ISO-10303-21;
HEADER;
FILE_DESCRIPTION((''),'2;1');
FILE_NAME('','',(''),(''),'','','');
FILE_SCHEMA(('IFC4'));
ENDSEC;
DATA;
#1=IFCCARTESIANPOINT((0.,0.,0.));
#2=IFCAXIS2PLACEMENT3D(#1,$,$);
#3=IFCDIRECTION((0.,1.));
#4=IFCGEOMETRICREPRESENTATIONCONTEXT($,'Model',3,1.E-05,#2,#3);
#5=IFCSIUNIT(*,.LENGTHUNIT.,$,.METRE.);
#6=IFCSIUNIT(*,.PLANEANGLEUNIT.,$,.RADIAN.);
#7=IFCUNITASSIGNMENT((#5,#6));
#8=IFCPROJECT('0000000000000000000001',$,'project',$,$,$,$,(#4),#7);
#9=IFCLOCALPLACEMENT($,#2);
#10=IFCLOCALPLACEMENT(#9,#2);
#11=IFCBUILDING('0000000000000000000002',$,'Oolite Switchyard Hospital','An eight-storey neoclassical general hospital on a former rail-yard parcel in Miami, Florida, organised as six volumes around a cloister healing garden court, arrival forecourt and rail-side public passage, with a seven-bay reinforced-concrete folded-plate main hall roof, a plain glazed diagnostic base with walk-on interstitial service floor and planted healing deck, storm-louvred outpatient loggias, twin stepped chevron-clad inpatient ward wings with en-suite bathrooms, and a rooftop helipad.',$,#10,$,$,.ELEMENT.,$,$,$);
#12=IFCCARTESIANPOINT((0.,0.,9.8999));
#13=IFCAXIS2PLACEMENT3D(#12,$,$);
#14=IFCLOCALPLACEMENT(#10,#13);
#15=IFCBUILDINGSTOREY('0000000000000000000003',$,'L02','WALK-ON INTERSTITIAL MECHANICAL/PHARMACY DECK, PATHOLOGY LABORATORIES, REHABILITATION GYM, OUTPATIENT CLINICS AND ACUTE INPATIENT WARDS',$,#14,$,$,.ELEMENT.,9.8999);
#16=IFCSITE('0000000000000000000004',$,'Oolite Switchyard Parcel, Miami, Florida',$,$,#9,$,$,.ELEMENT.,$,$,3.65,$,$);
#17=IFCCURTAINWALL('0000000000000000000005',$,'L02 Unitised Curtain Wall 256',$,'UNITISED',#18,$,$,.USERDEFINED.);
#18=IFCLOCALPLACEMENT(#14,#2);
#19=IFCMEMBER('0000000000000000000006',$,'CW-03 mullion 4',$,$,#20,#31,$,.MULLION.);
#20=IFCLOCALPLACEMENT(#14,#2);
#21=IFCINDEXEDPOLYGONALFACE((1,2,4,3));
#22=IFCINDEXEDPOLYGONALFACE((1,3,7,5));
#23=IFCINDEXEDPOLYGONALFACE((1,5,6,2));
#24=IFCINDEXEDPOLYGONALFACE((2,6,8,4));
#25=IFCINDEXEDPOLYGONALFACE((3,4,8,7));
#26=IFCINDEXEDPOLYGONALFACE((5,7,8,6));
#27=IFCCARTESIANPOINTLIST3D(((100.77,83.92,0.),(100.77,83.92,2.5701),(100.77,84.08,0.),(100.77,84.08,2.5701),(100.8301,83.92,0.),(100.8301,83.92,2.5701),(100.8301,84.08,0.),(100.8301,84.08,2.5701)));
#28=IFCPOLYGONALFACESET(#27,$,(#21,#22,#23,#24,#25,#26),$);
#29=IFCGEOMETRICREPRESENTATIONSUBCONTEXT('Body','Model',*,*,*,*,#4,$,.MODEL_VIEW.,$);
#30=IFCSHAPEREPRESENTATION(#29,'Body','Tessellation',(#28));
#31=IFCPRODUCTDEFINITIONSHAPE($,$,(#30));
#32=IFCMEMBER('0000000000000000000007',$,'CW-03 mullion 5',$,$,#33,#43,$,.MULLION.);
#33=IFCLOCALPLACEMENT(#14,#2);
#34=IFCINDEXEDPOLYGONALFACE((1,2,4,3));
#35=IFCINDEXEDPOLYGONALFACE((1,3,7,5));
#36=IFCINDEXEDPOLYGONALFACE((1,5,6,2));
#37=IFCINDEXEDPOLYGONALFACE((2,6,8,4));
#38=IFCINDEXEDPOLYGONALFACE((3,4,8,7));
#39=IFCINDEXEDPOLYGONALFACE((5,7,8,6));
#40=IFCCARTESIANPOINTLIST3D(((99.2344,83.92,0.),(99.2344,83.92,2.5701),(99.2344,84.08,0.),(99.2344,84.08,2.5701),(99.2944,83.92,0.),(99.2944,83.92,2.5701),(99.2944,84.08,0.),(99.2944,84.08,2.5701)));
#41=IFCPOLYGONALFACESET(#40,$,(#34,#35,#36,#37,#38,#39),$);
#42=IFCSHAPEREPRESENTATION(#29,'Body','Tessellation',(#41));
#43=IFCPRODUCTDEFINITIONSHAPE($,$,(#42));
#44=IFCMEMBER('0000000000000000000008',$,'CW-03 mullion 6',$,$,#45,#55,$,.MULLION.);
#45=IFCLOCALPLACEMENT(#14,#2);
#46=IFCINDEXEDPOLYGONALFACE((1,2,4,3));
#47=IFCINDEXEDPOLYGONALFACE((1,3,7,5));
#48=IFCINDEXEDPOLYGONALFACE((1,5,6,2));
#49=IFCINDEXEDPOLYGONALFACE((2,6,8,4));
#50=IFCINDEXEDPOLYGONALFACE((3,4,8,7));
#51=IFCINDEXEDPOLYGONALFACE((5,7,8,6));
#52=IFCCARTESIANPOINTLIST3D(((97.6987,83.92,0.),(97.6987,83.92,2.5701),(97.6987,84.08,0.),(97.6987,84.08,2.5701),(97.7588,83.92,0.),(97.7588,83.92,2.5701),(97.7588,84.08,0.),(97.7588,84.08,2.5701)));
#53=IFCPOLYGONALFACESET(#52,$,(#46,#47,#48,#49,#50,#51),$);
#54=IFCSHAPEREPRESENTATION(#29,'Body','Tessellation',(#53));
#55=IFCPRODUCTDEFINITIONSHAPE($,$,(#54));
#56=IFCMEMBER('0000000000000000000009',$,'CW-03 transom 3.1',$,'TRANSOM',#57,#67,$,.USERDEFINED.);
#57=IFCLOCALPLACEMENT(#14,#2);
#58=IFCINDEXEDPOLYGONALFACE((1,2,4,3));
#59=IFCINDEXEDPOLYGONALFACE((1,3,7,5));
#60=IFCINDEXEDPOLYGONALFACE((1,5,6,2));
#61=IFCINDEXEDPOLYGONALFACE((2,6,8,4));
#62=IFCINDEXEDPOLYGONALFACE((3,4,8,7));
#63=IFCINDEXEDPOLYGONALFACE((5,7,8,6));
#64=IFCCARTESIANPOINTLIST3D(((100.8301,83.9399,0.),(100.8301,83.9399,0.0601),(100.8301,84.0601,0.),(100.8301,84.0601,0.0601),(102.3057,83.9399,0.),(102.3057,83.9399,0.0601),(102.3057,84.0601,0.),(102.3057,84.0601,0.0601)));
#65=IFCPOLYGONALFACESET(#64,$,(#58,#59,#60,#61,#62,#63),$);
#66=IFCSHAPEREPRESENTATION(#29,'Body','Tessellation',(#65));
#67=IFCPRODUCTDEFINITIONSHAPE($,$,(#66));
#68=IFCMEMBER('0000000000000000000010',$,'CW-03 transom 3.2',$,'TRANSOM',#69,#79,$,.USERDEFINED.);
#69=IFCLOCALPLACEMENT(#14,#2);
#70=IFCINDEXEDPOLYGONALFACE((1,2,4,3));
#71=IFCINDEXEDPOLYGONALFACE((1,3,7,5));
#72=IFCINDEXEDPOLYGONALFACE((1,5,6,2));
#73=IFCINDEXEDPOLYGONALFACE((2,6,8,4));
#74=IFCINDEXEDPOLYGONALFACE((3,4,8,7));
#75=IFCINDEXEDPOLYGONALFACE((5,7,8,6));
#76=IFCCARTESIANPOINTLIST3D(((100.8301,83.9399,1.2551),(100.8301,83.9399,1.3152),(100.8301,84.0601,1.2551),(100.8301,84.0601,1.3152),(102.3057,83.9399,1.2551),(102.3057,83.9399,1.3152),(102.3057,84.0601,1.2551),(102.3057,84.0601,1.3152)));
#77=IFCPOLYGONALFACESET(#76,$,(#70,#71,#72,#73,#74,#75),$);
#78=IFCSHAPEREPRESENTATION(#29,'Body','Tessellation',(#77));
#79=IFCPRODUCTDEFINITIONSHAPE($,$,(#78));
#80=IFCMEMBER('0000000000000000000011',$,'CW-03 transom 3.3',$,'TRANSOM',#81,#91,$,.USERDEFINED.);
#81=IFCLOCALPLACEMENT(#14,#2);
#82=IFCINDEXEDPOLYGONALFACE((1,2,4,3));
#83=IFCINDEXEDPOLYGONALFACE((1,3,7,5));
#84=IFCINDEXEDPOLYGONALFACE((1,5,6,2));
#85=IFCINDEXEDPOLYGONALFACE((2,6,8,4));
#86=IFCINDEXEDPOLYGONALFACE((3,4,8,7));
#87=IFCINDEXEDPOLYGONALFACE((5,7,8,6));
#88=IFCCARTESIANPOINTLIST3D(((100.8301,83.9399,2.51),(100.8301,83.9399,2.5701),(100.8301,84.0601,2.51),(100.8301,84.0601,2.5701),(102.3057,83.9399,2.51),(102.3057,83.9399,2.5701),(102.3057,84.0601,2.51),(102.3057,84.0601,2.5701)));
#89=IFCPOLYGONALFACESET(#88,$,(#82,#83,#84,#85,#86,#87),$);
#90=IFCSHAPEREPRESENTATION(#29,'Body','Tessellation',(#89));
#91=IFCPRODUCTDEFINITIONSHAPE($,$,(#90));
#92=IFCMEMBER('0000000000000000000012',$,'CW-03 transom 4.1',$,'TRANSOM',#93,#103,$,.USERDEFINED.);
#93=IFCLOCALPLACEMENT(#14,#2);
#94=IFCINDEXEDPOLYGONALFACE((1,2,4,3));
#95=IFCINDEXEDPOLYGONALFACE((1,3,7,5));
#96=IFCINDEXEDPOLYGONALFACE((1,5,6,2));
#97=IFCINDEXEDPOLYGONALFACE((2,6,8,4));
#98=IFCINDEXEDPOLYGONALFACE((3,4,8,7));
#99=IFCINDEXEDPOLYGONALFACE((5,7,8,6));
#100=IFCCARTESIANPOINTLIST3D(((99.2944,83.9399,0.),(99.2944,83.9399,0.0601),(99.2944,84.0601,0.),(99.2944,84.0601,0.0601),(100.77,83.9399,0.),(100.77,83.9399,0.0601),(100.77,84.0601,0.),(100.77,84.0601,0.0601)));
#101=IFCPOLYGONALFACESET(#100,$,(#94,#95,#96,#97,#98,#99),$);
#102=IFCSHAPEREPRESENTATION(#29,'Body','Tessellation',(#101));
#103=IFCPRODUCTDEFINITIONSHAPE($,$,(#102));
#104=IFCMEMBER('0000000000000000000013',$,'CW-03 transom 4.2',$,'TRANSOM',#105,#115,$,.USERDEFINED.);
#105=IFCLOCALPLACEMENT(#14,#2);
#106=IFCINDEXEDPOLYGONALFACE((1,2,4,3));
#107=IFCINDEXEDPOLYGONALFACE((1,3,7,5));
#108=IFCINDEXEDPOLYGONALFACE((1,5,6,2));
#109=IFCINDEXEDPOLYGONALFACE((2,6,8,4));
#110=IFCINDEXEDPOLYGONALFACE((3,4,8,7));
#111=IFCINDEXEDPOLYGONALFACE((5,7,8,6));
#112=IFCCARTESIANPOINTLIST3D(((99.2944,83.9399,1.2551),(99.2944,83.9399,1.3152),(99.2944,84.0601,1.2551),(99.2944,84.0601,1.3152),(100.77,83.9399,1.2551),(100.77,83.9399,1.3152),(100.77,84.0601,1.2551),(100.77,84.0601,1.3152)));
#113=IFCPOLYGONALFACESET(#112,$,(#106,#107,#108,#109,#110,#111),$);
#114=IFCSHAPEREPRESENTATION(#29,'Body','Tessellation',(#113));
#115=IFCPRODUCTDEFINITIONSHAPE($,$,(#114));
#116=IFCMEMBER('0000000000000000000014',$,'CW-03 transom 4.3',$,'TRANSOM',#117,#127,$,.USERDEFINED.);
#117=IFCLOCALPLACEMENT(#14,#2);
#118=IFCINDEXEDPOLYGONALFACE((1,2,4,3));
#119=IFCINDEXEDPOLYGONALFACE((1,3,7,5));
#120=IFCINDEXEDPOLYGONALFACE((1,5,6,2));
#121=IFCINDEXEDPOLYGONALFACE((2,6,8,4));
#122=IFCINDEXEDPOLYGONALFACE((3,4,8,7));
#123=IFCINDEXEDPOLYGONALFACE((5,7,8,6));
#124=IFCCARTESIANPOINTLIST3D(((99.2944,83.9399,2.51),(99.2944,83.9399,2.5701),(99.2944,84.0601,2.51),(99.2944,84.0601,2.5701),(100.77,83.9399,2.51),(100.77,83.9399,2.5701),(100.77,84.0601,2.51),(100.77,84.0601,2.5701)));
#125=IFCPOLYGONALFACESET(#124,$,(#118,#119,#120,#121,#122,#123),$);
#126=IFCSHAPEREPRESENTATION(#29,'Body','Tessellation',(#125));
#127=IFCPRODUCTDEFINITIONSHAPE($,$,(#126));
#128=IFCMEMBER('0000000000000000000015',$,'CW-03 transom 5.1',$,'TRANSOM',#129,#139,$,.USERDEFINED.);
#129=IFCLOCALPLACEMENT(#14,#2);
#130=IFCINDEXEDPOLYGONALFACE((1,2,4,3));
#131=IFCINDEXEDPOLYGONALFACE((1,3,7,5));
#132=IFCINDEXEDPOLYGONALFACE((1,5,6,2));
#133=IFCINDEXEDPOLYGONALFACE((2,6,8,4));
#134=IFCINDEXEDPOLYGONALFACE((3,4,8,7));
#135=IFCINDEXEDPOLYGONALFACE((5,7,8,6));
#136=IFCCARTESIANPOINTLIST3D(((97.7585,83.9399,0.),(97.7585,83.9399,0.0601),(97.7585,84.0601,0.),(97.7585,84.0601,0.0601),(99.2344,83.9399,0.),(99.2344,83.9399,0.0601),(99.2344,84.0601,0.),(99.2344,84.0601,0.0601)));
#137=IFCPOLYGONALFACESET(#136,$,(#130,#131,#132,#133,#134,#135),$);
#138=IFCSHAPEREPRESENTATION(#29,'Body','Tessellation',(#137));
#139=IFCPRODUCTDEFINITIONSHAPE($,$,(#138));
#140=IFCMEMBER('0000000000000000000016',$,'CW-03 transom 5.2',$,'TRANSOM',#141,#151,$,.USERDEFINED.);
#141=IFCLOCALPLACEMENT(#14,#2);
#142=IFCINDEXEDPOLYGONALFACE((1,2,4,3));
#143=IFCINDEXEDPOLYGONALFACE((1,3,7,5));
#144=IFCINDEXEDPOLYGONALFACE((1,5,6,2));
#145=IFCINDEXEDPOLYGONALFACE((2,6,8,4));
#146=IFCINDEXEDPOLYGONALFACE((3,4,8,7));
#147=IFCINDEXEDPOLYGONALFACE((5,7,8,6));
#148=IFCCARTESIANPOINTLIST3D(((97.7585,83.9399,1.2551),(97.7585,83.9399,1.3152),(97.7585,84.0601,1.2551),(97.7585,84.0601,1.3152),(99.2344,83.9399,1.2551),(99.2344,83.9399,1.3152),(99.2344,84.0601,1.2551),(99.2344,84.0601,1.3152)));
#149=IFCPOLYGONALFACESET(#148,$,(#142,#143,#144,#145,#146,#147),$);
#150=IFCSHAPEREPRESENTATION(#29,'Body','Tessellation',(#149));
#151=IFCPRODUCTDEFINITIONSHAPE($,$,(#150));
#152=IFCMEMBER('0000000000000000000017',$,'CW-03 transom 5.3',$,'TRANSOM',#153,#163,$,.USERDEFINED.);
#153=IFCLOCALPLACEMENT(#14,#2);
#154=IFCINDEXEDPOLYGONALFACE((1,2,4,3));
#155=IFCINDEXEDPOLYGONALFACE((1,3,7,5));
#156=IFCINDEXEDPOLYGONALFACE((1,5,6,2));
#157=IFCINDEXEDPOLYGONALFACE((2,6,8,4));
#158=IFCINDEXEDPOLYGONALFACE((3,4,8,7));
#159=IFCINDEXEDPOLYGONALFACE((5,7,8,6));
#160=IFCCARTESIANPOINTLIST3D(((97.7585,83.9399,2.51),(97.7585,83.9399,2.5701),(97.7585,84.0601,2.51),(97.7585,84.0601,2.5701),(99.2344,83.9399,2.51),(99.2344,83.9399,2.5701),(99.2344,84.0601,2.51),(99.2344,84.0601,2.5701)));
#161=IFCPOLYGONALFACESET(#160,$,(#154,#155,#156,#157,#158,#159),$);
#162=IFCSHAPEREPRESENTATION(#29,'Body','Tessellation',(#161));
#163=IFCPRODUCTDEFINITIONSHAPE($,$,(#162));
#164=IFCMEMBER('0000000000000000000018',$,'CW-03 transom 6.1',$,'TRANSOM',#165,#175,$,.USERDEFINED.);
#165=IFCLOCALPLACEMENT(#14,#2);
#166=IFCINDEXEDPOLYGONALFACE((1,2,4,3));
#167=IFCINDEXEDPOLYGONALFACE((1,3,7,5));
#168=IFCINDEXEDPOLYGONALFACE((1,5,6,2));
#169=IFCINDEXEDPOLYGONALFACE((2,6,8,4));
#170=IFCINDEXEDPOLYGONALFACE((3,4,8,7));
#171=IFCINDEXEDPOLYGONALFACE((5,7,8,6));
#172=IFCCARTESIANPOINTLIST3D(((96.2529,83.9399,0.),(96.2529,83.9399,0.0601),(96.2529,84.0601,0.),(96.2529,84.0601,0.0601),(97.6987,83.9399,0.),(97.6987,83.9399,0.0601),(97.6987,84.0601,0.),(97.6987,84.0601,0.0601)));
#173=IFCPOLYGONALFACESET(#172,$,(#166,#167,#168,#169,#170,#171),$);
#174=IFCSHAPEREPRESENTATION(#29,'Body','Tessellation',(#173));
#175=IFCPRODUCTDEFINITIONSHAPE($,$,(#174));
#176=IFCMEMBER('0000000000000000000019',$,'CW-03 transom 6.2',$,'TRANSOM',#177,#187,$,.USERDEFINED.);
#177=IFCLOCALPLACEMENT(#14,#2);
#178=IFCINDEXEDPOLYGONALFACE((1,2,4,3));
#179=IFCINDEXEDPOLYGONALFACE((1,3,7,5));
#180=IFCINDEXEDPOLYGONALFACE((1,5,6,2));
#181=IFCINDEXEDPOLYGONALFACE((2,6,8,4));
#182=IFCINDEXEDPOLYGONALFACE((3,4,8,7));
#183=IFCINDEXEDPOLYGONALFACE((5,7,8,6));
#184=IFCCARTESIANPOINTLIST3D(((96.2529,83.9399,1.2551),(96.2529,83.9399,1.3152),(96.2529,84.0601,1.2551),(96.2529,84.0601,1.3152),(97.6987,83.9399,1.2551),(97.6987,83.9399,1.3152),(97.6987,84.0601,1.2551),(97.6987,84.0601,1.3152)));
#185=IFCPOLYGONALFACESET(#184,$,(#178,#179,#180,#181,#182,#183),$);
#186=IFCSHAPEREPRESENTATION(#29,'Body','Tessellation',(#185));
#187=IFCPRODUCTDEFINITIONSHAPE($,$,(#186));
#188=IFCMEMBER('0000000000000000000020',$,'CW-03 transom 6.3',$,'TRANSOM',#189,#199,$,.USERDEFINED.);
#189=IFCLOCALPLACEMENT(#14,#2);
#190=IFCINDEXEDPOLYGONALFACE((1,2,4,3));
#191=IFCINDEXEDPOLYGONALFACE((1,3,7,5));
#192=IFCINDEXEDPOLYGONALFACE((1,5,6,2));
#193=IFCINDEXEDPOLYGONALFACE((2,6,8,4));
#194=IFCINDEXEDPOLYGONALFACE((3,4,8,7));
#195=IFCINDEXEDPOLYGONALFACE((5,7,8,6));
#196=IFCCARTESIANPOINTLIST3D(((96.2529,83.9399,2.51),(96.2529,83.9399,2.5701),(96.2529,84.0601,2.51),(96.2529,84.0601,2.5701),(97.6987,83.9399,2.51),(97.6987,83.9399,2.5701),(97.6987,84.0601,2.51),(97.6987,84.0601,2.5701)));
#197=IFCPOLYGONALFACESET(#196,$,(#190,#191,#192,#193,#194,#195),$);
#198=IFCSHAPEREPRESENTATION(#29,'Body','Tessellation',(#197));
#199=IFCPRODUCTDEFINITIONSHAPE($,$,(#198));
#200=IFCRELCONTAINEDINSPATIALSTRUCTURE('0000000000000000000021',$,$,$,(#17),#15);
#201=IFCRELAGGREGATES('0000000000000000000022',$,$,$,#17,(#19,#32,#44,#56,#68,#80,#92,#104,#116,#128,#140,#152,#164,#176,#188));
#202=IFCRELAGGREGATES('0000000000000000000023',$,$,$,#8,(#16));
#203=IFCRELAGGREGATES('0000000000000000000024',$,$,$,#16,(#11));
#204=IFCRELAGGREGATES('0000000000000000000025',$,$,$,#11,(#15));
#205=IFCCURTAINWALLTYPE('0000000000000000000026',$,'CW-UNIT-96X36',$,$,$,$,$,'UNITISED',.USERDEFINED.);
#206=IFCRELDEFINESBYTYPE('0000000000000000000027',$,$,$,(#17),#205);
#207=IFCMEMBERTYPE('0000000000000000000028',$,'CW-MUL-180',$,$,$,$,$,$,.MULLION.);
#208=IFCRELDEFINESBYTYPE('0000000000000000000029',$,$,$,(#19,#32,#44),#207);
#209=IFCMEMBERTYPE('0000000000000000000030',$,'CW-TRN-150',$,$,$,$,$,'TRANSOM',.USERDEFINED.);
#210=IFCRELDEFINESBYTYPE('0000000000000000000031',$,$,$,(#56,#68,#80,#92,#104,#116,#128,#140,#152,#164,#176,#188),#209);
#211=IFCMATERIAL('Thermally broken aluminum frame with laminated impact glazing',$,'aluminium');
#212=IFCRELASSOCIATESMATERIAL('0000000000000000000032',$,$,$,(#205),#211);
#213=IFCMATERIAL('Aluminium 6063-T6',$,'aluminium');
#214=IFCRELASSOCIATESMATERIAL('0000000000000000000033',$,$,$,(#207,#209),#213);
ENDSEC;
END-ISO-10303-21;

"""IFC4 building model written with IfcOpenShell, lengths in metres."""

from ifc_helpers import new_model, si_unit, direction, frame, origin, origin_2d, place, context, subcontext, project, spatial, rectangle, extrude, material, material_profile, profile_set, type_object, element, aggregate, save


model = new_model("IFC4")

# Units and contexts
model_context = context("Model", 3, precision=1e-05, world=origin(), true_north=direction((0.0, 1.0)))
body_context = subcontext(model_context, "Body", "Model", "MODEL_VIEW")
ifc_project = project(units=[si_unit("LENGTHUNIT", "METRE"), si_unit("PLANEANGLEUNIT", "RADIAN")], contexts=[model_context])

# Site, building, storey
site_placement = place(None, origin())
site = spatial("IfcSite", under=ifc_project, at=site_placement, Name="Oolite Switchyard Parcel, Miami, Florida", CompositionType="ELEMENT", RefElevation=3.65)
building_placement = place(site_placement, origin())
building = spatial("IfcBuilding", under=site, at=building_placement, Name="Oolite Switchyard Hospital", Description="An eight-storey neoclassical general hospital on a former rail-yard parcel in Miami, Florida, organised as six volumes around a cloister healing garden court, arrival forecourt and rail-side public passage, with a seven-bay reinforced-concrete folded-plate main hall roof, a plain glazed diagnostic base with walk-on interstitial service floor and planted healing deck, storm-louvred outpatient loggias, twin stepped chevron-clad inpatient ward wings with en-suite bathrooms, and a rooftop helipad.", CompositionType="ELEMENT")
storey_placement = place(building_placement, frame((0.0, 0.0, 9.8999)))
storey = spatial("IfcBuildingStorey", under=building, at=storey_placement, Name="L02", Description="WALK-ON INTERSTITIAL MECHANICAL/PHARMACY DECK, PATHOLOGY LABORATORIES, REHABILITATION GYM, OUTPATIENT CLINICS AND ACUTE INPATIENT WARDS", CompositionType="ELEMENT", Elevation=9.8999)

# Curtain wall, members
ifc_material_1 = material(Name="Thermally broken aluminum frame with laminated impact glazing", Category="aluminium")
curtain_wall_type = type_object("IfcCurtainWallType", Name="CW-UNIT-96X36", ElementType="UNITISED", PredefinedType="USERDEFINED", material=ifc_material_1)
curtain_wall_placement = place(storey_placement, origin())
curtain_wall = element("IfcCurtainWall", 1, at=curtain_wall_placement, inside=storey, type_object=curtain_wall_type, Name="L02 Unitised Curtain Wall 256", ObjectType="UNITISED", PredefinedType="USERDEFINED")
ifc_material_2 = material(Name="Aluminium 6063-T6", Category="aluminium")
ifc_material_profile_1 = material_profile(ifc_material_2, rectangle(XDim=0.1599, YDim=0.0601, at=origin_2d()), Name="CWM60X160")
ifc_profile_set_1 = profile_set([ifc_material_profile_1], Name="Aluminium 6063-T6")
member_type_1 = type_object("IfcMemberType", Name="CW-MUL-180", PredefinedType="MULLION", material=ifc_profile_set_1)
member_1_placement = place(storey_placement, frame((100.8, 84.0, 0.0), z_axis=(0.0, 0.0, 1.0), x_axis=(0.0, -1.0, 0.0)))
member_1 = element("IfcMember", 2, at=member_1_placement, type_object=member_type_1, Name="CW-03 mullion 4", PredefinedType="MULLION", context=body_context, shape_type="SweptSolid", body=[
    extrude(rectangle(XDim=0.1599, YDim=0.0601, at=origin_2d()), origin(), (0.0, 0.0, 1.0), 2.5701),
])
member_2_placement = place(storey_placement, frame((99.2644, 84.0, 0.0), z_axis=(0.0, 0.0, 1.0), x_axis=(0.0, -1.0, 0.0)))
member_2 = element("IfcMember", 3, at=member_2_placement, type_object=member_type_1, Name="CW-03 mullion 5", PredefinedType="MULLION", context=body_context, shape_type="SweptSolid", body=[
    extrude(rectangle(XDim=0.1599, YDim=0.0601, at=origin_2d()), origin(), (0.0, 0.0, 1.0), 2.5701),
])
member_3_placement = place(storey_placement, frame((97.7288, 84.0, 0.0), z_axis=(0.0, 0.0, 1.0), x_axis=(0.0, -1.0, 0.0)))
member_3 = element("IfcMember", 4, at=member_3_placement, type_object=member_type_1, Name="CW-03 mullion 6", PredefinedType="MULLION", context=body_context, shape_type="SweptSolid", body=[
    extrude(rectangle(XDim=0.1599, YDim=0.0601, at=origin_2d()), origin(), (0.0, 0.0, 1.0), 2.5701),
])
ifc_material_profile_2 = material_profile(ifc_material_2, rectangle(XDim=0.1201, YDim=0.0601, at=origin_2d()), Name="CWT60X120")
ifc_profile_set_2 = profile_set([ifc_material_profile_2], Name="Aluminium 6063-T6")
member_type_2 = type_object("IfcMemberType", Name="CW-TRN-150", ElementType="TRANSOM", PredefinedType="USERDEFINED", material=ifc_profile_set_2)
member_4_placement = place(storey_placement, frame((102.3057, 84.0, 0.03), z_axis=(-1.0, 0.0, 0.0), x_axis=(0.0, -1.0, 0.0)))
member_4 = element("IfcMember", 5, at=member_4_placement, type_object=member_type_2, Name="CW-03 transom 3.1", ObjectType="TRANSOM", PredefinedType="USERDEFINED", context=body_context, shape_type="SweptSolid", body=[
    extrude(rectangle(XDim=0.1201, YDim=0.0601, at=origin_2d()), origin(), (0.0, 0.0, 1.0), 1.4756),
])
member_5_placement = place(storey_placement, frame((102.3057, 84.0, 1.2852), z_axis=(-1.0, 0.0, 0.0), x_axis=(0.0, -1.0, 0.0)))
member_5 = element("IfcMember", 6, at=member_5_placement, type_object=member_type_2, Name="CW-03 transom 3.2", ObjectType="TRANSOM", PredefinedType="USERDEFINED", context=body_context, shape_type="SweptSolid", body=[
    extrude(rectangle(XDim=0.1201, YDim=0.0601, at=origin_2d()), origin(), (0.0, 0.0, 1.0), 1.4756),
])
member_6_placement = place(storey_placement, frame((102.3057, 84.0, 2.54), z_axis=(-1.0, 0.0, 0.0), x_axis=(0.0, -1.0, 0.0)))
member_6 = element("IfcMember", 7, at=member_6_placement, type_object=member_type_2, Name="CW-03 transom 3.3", ObjectType="TRANSOM", PredefinedType="USERDEFINED", context=body_context, shape_type="SweptSolid", body=[
    extrude(rectangle(XDim=0.1201, YDim=0.0601, at=origin_2d()), origin(), (0.0, 0.0, 1.0), 1.4756),
])
member_7_placement = place(storey_placement, frame((100.77, 84.0, 0.03), z_axis=(-1.0, 0.0, 0.0), x_axis=(0.0, -1.0, 0.0)))
member_7 = element("IfcMember", 8, at=member_7_placement, type_object=member_type_2, Name="CW-03 transom 4.1", ObjectType="TRANSOM", PredefinedType="USERDEFINED", context=body_context, shape_type="SweptSolid", body=[
    extrude(rectangle(XDim=0.1201, YDim=0.0601, at=origin_2d()), origin(), (0.0, 0.0, 1.0), 1.4756),
])
member_8_placement = place(storey_placement, frame((100.77, 84.0, 1.2852), z_axis=(-1.0, 0.0, 0.0), x_axis=(0.0, -1.0, 0.0)))
member_8 = element("IfcMember", 9, at=member_8_placement, type_object=member_type_2, Name="CW-03 transom 4.2", ObjectType="TRANSOM", PredefinedType="USERDEFINED", context=body_context, shape_type="SweptSolid", body=[
    extrude(rectangle(XDim=0.1201, YDim=0.0601, at=origin_2d()), origin(), (0.0, 0.0, 1.0), 1.4756),
])
member_9_placement = place(storey_placement, frame((100.77, 84.0, 2.54), z_axis=(-1.0, 0.0, 0.0), x_axis=(0.0, -1.0, 0.0)))
member_9 = element("IfcMember", 10, at=member_9_placement, type_object=member_type_2, Name="CW-03 transom 4.3", ObjectType="TRANSOM", PredefinedType="USERDEFINED", context=body_context, shape_type="SweptSolid", body=[
    extrude(rectangle(XDim=0.1201, YDim=0.0601, at=origin_2d()), origin(), (0.0, 0.0, 1.0), 1.4756),
])
member_10_placement = place(storey_placement, frame((99.2344, 84.0, 0.03), z_axis=(-1.0, 0.0, 0.0), x_axis=(0.0, -1.0, 0.0)))
member_10 = element("IfcMember", 11, at=member_10_placement, type_object=member_type_2, Name="CW-03 transom 5.1", ObjectType="TRANSOM", PredefinedType="USERDEFINED", context=body_context, shape_type="SweptSolid", body=[
    extrude(rectangle(XDim=0.1201, YDim=0.0601, at=origin_2d()), origin(), (0.0, 0.0, 1.0), 1.4758),
])
member_11_placement = place(storey_placement, frame((99.2344, 84.0, 1.2852), z_axis=(-1.0, 0.0, 0.0), x_axis=(0.0, -1.0, 0.0)))
member_11 = element("IfcMember", 12, at=member_11_placement, type_object=member_type_2, Name="CW-03 transom 5.2", ObjectType="TRANSOM", PredefinedType="USERDEFINED", context=body_context, shape_type="SweptSolid", body=[
    extrude(rectangle(XDim=0.1201, YDim=0.0601, at=origin_2d()), origin(), (0.0, 0.0, 1.0), 1.4758),
])
member_12_placement = place(storey_placement, frame((99.2344, 84.0, 2.54), z_axis=(-1.0, 0.0, 0.0), x_axis=(0.0, -1.0, 0.0)))
member_12 = element("IfcMember", 13, at=member_12_placement, type_object=member_type_2, Name="CW-03 transom 5.3", ObjectType="TRANSOM", PredefinedType="USERDEFINED", context=body_context, shape_type="SweptSolid", body=[
    extrude(rectangle(XDim=0.1201, YDim=0.0601, at=origin_2d()), origin(), (0.0, 0.0, 1.0), 1.4758),
])
member_13_placement = place(storey_placement, frame((97.6987, 84.0, 0.03), z_axis=(-1.0, 0.0, 0.0), x_axis=(0.0, -1.0, 0.0)))
member_13 = element("IfcMember", 14, at=member_13_placement, type_object=member_type_2, Name="CW-03 transom 6.1", ObjectType="TRANSOM", PredefinedType="USERDEFINED", context=body_context, shape_type="SweptSolid", body=[
    extrude(rectangle(XDim=0.1201, YDim=0.0601, at=origin_2d()), origin(), (0.0, 0.0, 1.0), 1.4458),
])
member_14_placement = place(storey_placement, frame((97.6987, 84.0, 1.2852), z_axis=(-1.0, 0.0, 0.0), x_axis=(0.0, -1.0, 0.0)))
member_14 = element("IfcMember", 15, at=member_14_placement, type_object=member_type_2, Name="CW-03 transom 6.2", ObjectType="TRANSOM", PredefinedType="USERDEFINED", context=body_context, shape_type="SweptSolid", body=[
    extrude(rectangle(XDim=0.1201, YDim=0.0601, at=origin_2d()), origin(), (0.0, 0.0, 1.0), 1.4458),
])
member_15_placement = place(storey_placement, frame((97.6987, 84.0, 2.54), z_axis=(-1.0, 0.0, 0.0), x_axis=(0.0, -1.0, 0.0)))
member_15 = element("IfcMember", 16, at=member_15_placement, type_object=member_type_2, Name="CW-03 transom 6.3", ObjectType="TRANSOM", PredefinedType="USERDEFINED", context=body_context, shape_type="SweptSolid", body=[
    extrude(rectangle(XDim=0.1201, YDim=0.0601, at=origin_2d()), origin(), (0.0, 0.0, 1.0), 1.4458),
])
aggregate(curtain_wall, [member_1, member_2, member_3, member_4, member_5, member_6, member_7, member_8, member_9, member_10, member_11, member_12, member_13, member_14, member_15])

save(model, "model.ifc")
